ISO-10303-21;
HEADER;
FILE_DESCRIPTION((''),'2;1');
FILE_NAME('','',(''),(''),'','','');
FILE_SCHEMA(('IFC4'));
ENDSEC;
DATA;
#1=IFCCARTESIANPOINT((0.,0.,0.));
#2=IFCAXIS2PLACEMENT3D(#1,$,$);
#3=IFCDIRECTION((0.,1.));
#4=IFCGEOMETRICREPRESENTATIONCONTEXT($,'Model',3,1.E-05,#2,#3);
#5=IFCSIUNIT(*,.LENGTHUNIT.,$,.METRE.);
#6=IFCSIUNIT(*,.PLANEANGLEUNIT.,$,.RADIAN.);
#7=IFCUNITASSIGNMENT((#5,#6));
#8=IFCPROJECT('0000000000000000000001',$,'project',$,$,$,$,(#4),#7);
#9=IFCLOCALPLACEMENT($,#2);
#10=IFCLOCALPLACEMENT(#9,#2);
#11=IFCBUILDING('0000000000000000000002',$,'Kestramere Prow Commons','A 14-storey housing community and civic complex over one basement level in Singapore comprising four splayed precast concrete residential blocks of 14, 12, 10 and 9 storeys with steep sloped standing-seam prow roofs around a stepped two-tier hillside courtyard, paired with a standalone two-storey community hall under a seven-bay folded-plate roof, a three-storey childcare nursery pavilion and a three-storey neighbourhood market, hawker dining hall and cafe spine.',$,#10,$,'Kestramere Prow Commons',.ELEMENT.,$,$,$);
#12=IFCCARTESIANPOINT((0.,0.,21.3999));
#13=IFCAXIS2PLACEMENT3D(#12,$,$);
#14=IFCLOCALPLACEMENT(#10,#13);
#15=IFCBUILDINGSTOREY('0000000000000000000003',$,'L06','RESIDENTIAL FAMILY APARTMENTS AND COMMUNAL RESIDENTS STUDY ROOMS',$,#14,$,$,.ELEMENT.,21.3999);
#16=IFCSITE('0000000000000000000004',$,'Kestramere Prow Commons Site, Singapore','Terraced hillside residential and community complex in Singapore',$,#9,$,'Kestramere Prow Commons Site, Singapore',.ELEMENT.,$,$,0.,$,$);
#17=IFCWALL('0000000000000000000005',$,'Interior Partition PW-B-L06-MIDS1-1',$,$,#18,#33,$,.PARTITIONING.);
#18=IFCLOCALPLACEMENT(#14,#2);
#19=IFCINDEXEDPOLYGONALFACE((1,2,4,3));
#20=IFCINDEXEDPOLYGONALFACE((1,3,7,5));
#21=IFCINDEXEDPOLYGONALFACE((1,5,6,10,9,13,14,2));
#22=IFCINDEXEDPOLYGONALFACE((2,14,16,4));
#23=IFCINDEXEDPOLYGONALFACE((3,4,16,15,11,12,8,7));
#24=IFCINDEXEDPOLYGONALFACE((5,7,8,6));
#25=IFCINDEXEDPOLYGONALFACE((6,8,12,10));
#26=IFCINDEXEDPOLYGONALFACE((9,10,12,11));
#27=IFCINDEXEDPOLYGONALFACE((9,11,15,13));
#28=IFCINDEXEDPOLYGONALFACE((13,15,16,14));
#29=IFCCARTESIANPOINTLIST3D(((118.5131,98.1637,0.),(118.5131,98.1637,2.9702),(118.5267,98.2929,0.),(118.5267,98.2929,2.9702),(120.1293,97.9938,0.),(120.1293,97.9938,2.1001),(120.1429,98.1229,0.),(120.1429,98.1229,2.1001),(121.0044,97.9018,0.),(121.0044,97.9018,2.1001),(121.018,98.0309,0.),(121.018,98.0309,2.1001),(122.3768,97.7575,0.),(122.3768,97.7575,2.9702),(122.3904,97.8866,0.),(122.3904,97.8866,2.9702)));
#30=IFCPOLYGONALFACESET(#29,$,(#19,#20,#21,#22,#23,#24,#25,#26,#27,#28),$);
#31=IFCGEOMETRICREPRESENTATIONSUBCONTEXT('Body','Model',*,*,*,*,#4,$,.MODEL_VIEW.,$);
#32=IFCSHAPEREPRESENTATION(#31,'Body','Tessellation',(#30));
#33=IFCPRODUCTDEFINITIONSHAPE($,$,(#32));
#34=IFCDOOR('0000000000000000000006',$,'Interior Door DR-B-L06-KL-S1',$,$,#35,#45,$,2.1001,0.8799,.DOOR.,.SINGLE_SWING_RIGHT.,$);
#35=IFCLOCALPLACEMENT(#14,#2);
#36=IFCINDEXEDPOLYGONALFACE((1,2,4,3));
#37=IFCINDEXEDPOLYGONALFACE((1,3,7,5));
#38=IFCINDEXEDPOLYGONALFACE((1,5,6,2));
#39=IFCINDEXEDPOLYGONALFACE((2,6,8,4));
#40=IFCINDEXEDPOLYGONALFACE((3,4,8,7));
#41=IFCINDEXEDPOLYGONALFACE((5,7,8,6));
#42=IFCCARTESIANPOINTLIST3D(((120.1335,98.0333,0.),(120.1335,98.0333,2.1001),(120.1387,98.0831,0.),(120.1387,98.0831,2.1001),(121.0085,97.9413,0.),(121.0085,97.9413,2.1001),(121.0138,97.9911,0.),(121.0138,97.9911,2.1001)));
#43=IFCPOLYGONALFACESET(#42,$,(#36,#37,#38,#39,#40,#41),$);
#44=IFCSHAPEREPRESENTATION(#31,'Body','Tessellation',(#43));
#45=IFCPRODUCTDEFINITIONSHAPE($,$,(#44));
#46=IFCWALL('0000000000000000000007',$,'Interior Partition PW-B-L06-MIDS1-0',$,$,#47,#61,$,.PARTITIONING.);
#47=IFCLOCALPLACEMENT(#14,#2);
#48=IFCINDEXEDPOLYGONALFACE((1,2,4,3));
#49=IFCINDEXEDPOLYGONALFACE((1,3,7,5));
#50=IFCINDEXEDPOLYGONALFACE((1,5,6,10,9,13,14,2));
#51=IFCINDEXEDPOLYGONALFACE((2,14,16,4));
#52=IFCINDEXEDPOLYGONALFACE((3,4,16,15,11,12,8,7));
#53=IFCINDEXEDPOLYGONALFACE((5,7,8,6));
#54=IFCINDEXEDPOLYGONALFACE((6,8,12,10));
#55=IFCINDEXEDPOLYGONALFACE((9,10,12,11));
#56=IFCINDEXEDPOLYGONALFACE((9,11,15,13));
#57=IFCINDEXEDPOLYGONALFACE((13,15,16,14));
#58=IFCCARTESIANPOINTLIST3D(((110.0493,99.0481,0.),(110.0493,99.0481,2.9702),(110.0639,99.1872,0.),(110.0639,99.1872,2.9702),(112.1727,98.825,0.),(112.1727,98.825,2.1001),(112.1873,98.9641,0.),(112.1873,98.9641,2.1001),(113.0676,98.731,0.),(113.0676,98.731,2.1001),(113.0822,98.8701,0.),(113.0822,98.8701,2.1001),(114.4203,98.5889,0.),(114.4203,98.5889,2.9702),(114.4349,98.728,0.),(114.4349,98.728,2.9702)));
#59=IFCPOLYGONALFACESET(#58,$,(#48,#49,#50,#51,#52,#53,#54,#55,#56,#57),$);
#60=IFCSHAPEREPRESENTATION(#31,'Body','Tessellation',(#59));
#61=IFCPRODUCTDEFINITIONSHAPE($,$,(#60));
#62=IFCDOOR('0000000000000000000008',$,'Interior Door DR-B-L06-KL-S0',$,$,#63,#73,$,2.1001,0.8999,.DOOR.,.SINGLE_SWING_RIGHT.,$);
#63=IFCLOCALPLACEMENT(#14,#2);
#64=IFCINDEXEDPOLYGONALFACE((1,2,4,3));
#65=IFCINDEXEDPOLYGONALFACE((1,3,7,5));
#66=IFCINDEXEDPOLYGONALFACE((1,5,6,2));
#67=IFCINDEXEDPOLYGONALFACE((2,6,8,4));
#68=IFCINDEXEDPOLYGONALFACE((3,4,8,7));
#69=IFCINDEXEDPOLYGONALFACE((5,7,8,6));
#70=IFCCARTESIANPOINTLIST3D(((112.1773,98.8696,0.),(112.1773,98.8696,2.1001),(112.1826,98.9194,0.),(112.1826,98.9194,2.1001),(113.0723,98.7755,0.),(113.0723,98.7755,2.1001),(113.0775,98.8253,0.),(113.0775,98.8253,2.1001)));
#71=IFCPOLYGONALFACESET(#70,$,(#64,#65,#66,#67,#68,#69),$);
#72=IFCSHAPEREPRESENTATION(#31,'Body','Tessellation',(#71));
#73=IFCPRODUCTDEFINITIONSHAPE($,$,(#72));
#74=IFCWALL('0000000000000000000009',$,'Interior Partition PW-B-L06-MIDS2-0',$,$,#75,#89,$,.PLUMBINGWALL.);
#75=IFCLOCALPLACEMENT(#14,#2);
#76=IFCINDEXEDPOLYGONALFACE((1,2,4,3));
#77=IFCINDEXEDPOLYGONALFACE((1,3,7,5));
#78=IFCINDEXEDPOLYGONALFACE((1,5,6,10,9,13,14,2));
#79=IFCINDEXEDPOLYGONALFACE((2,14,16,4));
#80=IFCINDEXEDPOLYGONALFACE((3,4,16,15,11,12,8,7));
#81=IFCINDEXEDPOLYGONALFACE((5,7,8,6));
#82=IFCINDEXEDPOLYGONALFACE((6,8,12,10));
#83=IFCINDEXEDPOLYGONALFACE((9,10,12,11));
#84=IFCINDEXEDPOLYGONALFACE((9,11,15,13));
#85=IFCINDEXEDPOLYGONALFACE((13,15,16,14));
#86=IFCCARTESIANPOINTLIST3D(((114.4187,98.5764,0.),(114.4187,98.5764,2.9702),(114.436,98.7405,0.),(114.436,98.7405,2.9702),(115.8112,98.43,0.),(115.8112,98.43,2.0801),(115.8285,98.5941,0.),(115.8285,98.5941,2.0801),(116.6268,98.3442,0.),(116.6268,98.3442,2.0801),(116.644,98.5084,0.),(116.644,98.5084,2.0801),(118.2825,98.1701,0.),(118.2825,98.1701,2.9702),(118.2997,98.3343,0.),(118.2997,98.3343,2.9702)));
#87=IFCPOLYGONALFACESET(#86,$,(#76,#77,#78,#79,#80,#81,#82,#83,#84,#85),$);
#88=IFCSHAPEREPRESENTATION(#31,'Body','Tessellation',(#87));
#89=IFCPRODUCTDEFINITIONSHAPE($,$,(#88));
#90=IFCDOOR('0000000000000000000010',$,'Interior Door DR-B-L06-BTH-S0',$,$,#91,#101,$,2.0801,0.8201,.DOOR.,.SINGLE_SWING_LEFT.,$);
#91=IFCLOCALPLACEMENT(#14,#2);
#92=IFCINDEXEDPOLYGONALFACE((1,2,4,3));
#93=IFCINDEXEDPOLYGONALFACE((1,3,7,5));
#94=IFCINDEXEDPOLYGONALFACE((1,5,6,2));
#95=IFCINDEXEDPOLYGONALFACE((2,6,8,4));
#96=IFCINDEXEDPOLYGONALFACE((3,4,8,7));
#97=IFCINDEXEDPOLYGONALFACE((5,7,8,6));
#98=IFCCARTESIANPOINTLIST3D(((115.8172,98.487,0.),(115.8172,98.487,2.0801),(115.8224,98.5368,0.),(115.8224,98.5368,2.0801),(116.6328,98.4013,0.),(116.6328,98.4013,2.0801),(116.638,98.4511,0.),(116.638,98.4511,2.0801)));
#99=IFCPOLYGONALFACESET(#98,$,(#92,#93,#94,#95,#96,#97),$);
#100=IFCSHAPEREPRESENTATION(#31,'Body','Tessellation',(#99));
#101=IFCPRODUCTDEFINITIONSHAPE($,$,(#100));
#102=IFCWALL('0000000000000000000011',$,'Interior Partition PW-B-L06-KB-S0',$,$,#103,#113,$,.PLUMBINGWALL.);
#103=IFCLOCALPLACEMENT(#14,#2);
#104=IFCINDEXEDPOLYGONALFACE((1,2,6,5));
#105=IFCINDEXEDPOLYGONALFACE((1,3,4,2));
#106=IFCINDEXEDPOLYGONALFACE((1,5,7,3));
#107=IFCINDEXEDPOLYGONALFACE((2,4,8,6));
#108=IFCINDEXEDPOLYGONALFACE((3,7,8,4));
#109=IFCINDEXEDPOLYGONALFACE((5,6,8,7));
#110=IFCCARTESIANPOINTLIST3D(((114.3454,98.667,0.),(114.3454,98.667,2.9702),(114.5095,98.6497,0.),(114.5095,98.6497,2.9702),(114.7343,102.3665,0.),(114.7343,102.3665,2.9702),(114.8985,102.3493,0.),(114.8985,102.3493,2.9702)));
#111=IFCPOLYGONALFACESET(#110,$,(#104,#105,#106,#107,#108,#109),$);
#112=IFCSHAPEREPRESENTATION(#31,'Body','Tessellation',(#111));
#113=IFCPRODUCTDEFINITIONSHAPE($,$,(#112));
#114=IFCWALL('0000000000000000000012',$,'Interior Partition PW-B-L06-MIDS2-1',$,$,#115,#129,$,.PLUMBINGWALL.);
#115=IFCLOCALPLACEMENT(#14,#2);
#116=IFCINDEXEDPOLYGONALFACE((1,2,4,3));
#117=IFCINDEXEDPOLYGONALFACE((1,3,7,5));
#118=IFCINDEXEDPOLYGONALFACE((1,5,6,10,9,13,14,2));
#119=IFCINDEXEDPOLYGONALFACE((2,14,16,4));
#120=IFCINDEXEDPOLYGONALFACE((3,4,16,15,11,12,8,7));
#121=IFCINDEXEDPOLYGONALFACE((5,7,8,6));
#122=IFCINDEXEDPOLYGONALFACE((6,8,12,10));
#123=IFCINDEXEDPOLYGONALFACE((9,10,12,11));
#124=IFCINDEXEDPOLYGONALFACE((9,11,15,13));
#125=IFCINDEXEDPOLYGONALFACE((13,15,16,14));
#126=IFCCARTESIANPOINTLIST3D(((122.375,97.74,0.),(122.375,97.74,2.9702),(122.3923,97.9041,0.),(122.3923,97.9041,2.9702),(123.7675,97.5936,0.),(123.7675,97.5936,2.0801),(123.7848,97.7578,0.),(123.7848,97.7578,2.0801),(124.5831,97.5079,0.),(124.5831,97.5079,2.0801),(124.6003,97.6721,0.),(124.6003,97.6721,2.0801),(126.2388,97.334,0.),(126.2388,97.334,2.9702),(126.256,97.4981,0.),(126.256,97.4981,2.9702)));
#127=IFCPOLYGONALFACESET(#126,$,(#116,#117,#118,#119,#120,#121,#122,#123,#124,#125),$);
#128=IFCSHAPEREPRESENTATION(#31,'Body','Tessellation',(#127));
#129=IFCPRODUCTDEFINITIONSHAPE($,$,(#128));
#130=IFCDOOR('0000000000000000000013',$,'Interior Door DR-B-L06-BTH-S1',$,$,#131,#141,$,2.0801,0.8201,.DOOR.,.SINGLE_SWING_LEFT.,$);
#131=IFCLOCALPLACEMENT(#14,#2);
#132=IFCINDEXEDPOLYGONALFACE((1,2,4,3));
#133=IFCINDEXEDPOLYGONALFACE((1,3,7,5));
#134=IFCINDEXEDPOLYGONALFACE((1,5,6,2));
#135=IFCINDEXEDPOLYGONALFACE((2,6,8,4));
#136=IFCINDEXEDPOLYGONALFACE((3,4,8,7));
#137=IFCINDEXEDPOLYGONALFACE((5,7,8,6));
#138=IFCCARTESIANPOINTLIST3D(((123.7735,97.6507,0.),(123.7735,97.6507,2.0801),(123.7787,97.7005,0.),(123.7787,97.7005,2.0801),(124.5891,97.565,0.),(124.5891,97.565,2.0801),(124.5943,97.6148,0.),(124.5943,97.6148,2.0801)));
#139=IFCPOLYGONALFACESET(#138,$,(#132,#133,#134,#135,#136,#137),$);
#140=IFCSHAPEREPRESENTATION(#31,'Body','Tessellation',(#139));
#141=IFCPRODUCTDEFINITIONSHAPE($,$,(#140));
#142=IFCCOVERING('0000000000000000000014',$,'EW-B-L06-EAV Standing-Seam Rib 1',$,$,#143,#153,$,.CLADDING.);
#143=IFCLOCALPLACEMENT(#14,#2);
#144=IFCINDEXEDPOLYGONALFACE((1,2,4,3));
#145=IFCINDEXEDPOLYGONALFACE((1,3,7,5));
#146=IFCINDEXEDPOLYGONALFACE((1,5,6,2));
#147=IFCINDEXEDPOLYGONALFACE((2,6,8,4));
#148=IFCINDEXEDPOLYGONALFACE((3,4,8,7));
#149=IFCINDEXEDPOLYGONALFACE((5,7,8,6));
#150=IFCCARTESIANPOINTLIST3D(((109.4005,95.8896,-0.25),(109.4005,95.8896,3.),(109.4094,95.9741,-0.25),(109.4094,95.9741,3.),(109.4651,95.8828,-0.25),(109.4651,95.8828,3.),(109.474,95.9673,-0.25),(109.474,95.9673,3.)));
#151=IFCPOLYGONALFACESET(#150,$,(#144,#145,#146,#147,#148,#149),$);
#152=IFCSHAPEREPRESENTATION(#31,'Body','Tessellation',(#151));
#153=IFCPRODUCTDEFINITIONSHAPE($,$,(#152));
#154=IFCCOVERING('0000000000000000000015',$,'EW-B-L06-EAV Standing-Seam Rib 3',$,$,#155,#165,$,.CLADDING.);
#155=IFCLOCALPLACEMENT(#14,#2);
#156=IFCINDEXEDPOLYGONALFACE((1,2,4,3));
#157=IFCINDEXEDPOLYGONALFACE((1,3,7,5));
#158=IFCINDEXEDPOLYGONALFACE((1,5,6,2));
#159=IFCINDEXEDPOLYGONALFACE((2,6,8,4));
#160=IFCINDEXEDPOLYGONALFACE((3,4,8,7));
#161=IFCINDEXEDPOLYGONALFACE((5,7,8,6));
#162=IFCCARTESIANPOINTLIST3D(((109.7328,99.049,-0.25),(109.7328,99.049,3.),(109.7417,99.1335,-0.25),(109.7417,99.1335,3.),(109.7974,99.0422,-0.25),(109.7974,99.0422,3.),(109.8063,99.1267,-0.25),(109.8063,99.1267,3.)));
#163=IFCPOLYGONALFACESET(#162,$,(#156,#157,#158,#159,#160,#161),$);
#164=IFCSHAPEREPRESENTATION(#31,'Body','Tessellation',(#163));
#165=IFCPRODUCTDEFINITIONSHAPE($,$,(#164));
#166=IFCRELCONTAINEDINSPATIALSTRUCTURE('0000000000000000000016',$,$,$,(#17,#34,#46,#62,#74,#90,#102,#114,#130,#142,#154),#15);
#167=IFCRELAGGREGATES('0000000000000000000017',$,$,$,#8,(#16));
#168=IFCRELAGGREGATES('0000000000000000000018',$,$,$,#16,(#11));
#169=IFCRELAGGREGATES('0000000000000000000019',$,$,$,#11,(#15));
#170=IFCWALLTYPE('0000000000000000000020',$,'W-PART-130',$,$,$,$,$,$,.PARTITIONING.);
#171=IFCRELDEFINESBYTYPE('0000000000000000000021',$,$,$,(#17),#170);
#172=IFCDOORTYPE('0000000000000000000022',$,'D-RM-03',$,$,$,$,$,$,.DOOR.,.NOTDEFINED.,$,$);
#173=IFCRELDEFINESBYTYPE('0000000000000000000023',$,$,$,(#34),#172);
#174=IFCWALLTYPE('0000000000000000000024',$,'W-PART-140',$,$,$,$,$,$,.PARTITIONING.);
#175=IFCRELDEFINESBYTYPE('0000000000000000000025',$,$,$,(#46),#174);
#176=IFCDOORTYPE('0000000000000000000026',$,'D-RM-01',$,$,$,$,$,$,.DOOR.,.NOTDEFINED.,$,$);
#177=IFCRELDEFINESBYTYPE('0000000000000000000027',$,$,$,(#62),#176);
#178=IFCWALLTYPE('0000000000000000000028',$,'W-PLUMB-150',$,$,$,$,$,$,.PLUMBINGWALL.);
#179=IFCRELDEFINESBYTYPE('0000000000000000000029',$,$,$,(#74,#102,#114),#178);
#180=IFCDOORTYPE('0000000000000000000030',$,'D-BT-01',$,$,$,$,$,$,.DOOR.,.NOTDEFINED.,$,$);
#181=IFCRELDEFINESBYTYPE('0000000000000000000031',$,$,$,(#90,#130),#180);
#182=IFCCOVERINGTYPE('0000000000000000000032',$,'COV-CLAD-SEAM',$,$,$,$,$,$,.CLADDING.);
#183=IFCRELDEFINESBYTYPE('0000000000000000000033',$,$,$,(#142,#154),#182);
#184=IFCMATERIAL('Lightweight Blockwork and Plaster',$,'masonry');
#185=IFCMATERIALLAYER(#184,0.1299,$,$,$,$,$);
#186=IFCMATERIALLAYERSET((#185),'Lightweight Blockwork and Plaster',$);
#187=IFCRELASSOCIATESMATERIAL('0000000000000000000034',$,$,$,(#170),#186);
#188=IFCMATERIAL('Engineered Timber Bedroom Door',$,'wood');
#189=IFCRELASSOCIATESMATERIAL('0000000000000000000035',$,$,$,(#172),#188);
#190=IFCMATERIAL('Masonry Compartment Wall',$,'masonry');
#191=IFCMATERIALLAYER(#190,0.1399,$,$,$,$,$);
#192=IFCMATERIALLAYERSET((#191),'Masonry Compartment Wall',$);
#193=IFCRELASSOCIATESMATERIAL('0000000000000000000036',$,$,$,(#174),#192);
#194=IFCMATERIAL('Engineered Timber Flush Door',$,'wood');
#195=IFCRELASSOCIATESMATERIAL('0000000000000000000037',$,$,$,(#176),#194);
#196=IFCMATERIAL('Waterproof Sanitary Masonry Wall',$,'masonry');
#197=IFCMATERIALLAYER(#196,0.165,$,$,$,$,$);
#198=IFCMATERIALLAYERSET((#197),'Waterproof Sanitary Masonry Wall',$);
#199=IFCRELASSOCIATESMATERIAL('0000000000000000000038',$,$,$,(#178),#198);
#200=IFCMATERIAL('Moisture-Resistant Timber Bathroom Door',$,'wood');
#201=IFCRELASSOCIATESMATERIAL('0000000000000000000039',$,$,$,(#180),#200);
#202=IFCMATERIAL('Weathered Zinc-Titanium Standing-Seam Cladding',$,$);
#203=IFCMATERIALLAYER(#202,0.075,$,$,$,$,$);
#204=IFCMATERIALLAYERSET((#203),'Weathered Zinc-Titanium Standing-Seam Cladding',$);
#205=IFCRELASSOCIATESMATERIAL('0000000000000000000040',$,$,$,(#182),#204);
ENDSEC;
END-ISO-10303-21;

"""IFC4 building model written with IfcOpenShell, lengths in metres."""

from ifc_helpers import new_model, si_unit, direction, frame, frame_2d, origin, origin_2d, place, context, subcontext, project, spatial, rectangle, extrude, material, layer, layer_set, type_object, element, fill, save


model = new_model("IFC4")

# Units and contexts
model_context = context("Model", 3, precision=1e-05, world=origin(), true_north=direction((0.0, 1.0)))
body_context = subcontext(model_context, "Body", "Model", "MODEL_VIEW")
ifc_project = project(units=[si_unit("LENGTHUNIT", "METRE"), si_unit("PLANEANGLEUNIT", "RADIAN")], contexts=[model_context])

# Site, building, storey
site_placement = place(None, origin())
site = spatial("IfcSite", under=ifc_project, at=site_placement, Name="Kestramere Prow Commons Site, Singapore", Description="Terraced hillside residential and community complex in Singapore", LongName="Kestramere Prow Commons Site, Singapore", CompositionType="ELEMENT", RefElevation=0.0)
building_placement = place(site_placement, origin())
building = spatial("IfcBuilding", under=site, at=building_placement, Name="Kestramere Prow Commons", Description="A 14-storey housing community and civic complex over one basement level in Singapore comprising four splayed precast concrete residential blocks of 14, 12, 10 and 9 storeys with steep sloped standing-seam prow roofs around a stepped two-tier hillside courtyard, paired with a standalone two-storey community hall under a seven-bay folded-plate roof, a three-storey childcare nursery pavilion and a three-storey neighbourhood market, hawker dining hall and cafe spine.", LongName="Kestramere Prow Commons", CompositionType="ELEMENT")
storey_placement = place(building_placement, frame((0.0, 0.0, 21.3999)))
storey = spatial("IfcBuildingStorey", under=building, at=storey_placement, Name="L06", Description="RESIDENTIAL FAMILY APARTMENTS AND COMMUNAL RESIDENTS STUDY ROOMS", CompositionType="ELEMENT", Elevation=21.3999)

# Walls, openings, doors
ifc_material_1 = material(Name="Lightweight Blockwork and Plaster", Category="masonry")
ifc_layer_1 = layer(ifc_material_1, 0.1299)
ifc_layer_set_1 = layer_set([ifc_layer_1], Name="Lightweight Blockwork and Plaster")
wall_type_1 = type_object("IfcWallType", Name="W-PART-130", PredefinedType="PARTITIONING", material=ifc_layer_set_1)
wall_1_placement = place(storey_placement, frame((118.52, 98.2283, 0.0), z_axis=(0.0, 0.0, 1.0), x_axis=(0.994518, -0.104567, 0.0)))
wall_1 = element("IfcWall", 1, at=wall_1_placement, inside=storey, type_object=wall_type_1, Name="Interior Partition PW-B-L06-MIDS1-1", PredefinedType="PARTITIONING", context=body_context, shape_type="SweptSolid", body=[
    extrude(rectangle(XDim=3.885, YDim=0.1299, at=frame_2d((1.9424, 0.0))), origin(), (0.0, 0.0, 1.0), 2.9702),
])
opening_1_placement = place(wall_1_placement, frame((1.625, 0.0, 0.0)))
opening_1 = element("IfcOpeningElement", 2, at=opening_1_placement, cuts=wall_1, PredefinedType="OPENING", context=body_context, shape_type="SweptSolid", body=[
    extrude(rectangle(XDim=0.8799, YDim=2.1001, at=frame_2d((0.4399, 1.05))), frame((0.0, 0.0798, 0.0), z_axis=(0.0, -1.0, 0.0), x_axis=(1.0, 0.0, 0.0)), (0.0, 0.0, 1.0), 0.1599),
])
ifc_material_2 = material(Name="Engineered Timber Bedroom Door", Category="wood")
door_type_1 = type_object("IfcDoorType", Name="D-RM-03", OperationType="NOTDEFINED", PredefinedType="DOOR", material=ifc_material_2)
door_1_placement = place(opening_1_placement, origin())
door_1 = element("IfcDoor", 3, at=door_1_placement, inside=storey, type_object=door_type_1, Name="Interior Door DR-B-L06-KL-S1", OperationType="SINGLE_SWING_RIGHT", OverallHeight=2.1001, OverallWidth=0.8799, PredefinedType="DOOR", context=body_context, shape_type="SweptSolid", body=[
    extrude(rectangle(XDim=0.8799, YDim=2.1001, at=frame_2d((0.4399, 1.05))), frame((0.0, 0.0249, 0.0), z_axis=(0.0, -1.0, 0.0), x_axis=(1.0, 0.0, 0.0)), (0.0, 0.0, 1.0), 0.05),
])
fill(opening_1, door_1)
ifc_material_3 = material(Name="Masonry Compartment Wall", Category="masonry")
ifc_layer_2 = layer(ifc_material_3, 0.1399)
ifc_layer_set_2 = layer_set([ifc_layer_2], Name="Masonry Compartment Wall")
wall_type_2 = type_object("IfcWallType", Name="W-PART-140", PredefinedType="PARTITIONING", material=ifc_layer_set_2)
wall_2_placement = place(storey_placement, frame((110.0566, 99.1177, 0.0), z_axis=(0.0, 0.0, 1.0), x_axis=(0.994526, -0.104491, 0.0)))
wall_2 = element("IfcWall", 4, at=wall_2_placement, inside=storey, type_object=wall_type_2, Name="Interior Partition PW-B-L06-MIDS1-0", PredefinedType="PARTITIONING", context=body_context, shape_type="SweptSolid", body=[
    extrude(rectangle(XDim=4.395, YDim=0.1399, at=frame_2d((2.1975, 0.0))), origin(), (0.0, 0.0, 1.0), 2.9702),
])
opening_2_placement = place(wall_2_placement, frame((2.135, 0.0, 0.0)))
opening_2 = element("IfcOpeningElement", 5, at=opening_2_placement, cuts=wall_2, PredefinedType="OPENING", context=body_context, shape_type="SweptSolid", body=[
    extrude(rectangle(XDim=0.8999, YDim=2.1001, at=frame_2d((0.45, 1.05))), frame((0.0, 0.085, 0.0), z_axis=(0.0, -1.0, 0.0), x_axis=(1.0, 0.0, 0.0)), (0.0, 0.0, 1.0), 0.1699),
])
ifc_material_4 = material(Name="Engineered Timber Flush Door", Category="wood")
door_type_2 = type_object("IfcDoorType", Name="D-RM-01", OperationType="NOTDEFINED", PredefinedType="DOOR", material=ifc_material_4)
door_2_placement = place(opening_2_placement, origin())
door_2 = element("IfcDoor", 6, at=door_2_placement, inside=storey, type_object=door_type_2, Name="Interior Door DR-B-L06-KL-S0", OperationType="SINGLE_SWING_RIGHT", OverallHeight=2.1001, OverallWidth=0.8999, PredefinedType="DOOR", context=body_context, shape_type="SweptSolid", body=[
    extrude(rectangle(XDim=0.8999, YDim=2.1001, at=frame_2d((0.45, 1.05))), frame((0.0, 0.0249, 0.0), z_axis=(0.0, -1.0, 0.0), x_axis=(1.0, 0.0, 0.0)), (0.0, 0.0, 1.0), 0.05),
])
fill(opening_2, door_2)
ifc_material_5 = material(Name="Waterproof Sanitary Masonry Wall", Category="masonry")
ifc_layer_3 = layer(ifc_material_5, 0.165)
ifc_layer_set_3 = layer_set([ifc_layer_3], Name="Waterproof Sanitary Masonry Wall")
wall_type_3 = type_object("IfcWallType", Name="W-PLUMB-150", PredefinedType="PLUMBINGWALL", material=ifc_layer_set_3)
wall_3_placement = place(storey_placement, frame((114.4275, 98.6584, 0.0), z_axis=(0.0, 0.0, 1.0), x_axis=(0.994518, -0.104567, 0.0)))
wall_3 = element("IfcWall", 7, at=wall_3_placement, inside=storey, type_object=wall_type_3, Name="Interior Partition PW-B-L06-MIDS2-0", PredefinedType="PLUMBINGWALL", context=body_context, shape_type="SweptSolid", body=[
    extrude(rectangle(XDim=3.885, YDim=0.165, at=frame_2d((1.9424, 0.0))), origin(), (0.0, 0.0, 1.0), 2.9702),
])
opening_3_placement = place(wall_3_placement, frame((1.3999, 0.0, 0.0)))
opening_3 = element("IfcOpeningElement", 8, at=opening_3_placement, cuts=wall_3, PredefinedType="OPENING", context=body_context, shape_type="SweptSolid", body=[
    extrude(rectangle(XDim=0.8201, YDim=2.0801, at=frame_2d((0.4102, 1.04))), frame((0.0, 0.0974, 0.0), z_axis=(0.0, -1.0, 0.0), x_axis=(1.0, 0.0, 0.0)), (0.0, 0.0, 1.0), 0.1951),
])
ifc_material_6 = material(Name="Moisture-Resistant Timber Bathroom Door", Category="wood")
door_type_3 = type_object("IfcDoorType", Name="D-BT-01", OperationType="NOTDEFINED", PredefinedType="DOOR", material=ifc_material_6)
door_3_placement = place(opening_3_placement, origin())
door_3 = element("IfcDoor", 9, at=door_3_placement, inside=storey, type_object=door_type_3, Name="Interior Door DR-B-L06-BTH-S0", OperationType="SINGLE_SWING_LEFT", OverallHeight=2.0801, OverallWidth=0.8201, PredefinedType="DOOR", context=body_context, shape_type="SweptSolid", body=[
    extrude(rectangle(XDim=0.8201, YDim=2.0801, at=frame_2d((0.4102, 1.04))), frame((0.0, 0.0249, 0.0), z_axis=(0.0, -1.0, 0.0), x_axis=(1.0, 0.0, 0.0)), (0.0, 0.0, 1.0), 0.05),
])
fill(opening_3, door_3)

# Wall
wall_4_placement = place(storey_placement, frame((114.4275, 98.6584, 0.0), z_axis=(0.0, 0.0, 1.0), x_axis=(0.104552, 0.994519, 0.0)))
element("IfcWall", 10, at=wall_4_placement, inside=storey, type_object=wall_type_3, Name="Interior Partition PW-B-L06-KB-S0", PredefinedType="PLUMBINGWALL", context=body_context, shape_type="SweptSolid", body=[
    extrude(rectangle(XDim=3.72, YDim=0.165, at=frame_2d((1.8599, 0.0))), origin(), (0.0, 0.0, 1.0), 2.9702),
])

# Wall, opening, door
wall_5_placement = place(storey_placement, frame((122.3838, 97.822, 0.0), z_axis=(0.0, 0.0, 1.0), x_axis=(0.994524, -0.104505, 0.0)))
wall_5 = element("IfcWall", 11, at=wall_5_placement, inside=storey, type_object=wall_type_3, Name="Interior Partition PW-B-L06-MIDS2-1", PredefinedType="PLUMBINGWALL", context=body_context, shape_type="SweptSolid", body=[
    extrude(rectangle(XDim=3.885, YDim=0.165, at=frame_2d((1.9424, 0.0))), origin(), (0.0, 0.0, 1.0), 2.9702),
])
opening_4_placement = place(wall_5_placement, frame((1.3999, 0.0, 0.0)))
opening_4 = element("IfcOpeningElement", 12, at=opening_4_placement, cuts=wall_5, PredefinedType="OPENING", context=body_context, shape_type="SweptSolid", body=[
    extrude(rectangle(XDim=0.8201, YDim=2.0801, at=frame_2d((0.4102, 1.04))), frame((0.0, 0.0974, 0.0), z_axis=(0.0, -1.0, 0.0), x_axis=(1.0, 0.0, 0.0)), (0.0, 0.0, 1.0), 0.1951),
])
door_4_placement = place(opening_4_placement, origin())
door_4 = element("IfcDoor", 13, at=door_4_placement, inside=storey, type_object=door_type_3, Name="Interior Door DR-B-L06-BTH-S1", OperationType="SINGLE_SWING_LEFT", OverallHeight=2.0801, OverallWidth=0.8201, PredefinedType="DOOR", context=body_context, shape_type="SweptSolid", body=[
    extrude(rectangle(XDim=0.8201, YDim=2.0801, at=frame_2d((0.4102, 1.04))), frame((0.0, 0.0249, 0.0), z_axis=(0.0, -1.0, 0.0), x_axis=(1.0, 0.0, 0.0)), (0.0, 0.0, 1.0), 0.05),
])
fill(opening_4, door_4)

# Coverings
ifc_material_7 = material(Name="Weathered Zinc-Titanium Standing-Seam Cladding")
ifc_layer_4 = layer(ifc_material_7, 0.075)
ifc_layer_set_4 = layer_set([ifc_layer_4], Name="Weathered Zinc-Titanium Standing-Seam Cladding")
covering_type = type_object("IfcCoveringType", Name="COV-CLAD-SEAM", PredefinedType="CLADDING", material=ifc_layer_set_4)
for number, where, z_axis, x_axis, name in (
    (14, (109.4373, 95.9285, -0.25), (0.0, 0.0, 1.0), (0.104528, 0.994522, 0.0), "EW-B-L06-EAV Standing-Seam Rib 1"),
    (15, (109.7695, 99.0879, -0.25), (0.0, 0.0, 1.0), (0.104528, 0.994522, 0.0), "EW-B-L06-EAV Standing-Seam Rib 3"),
):
    element("IfcCovering", number, at=place(storey_placement, frame(where, z_axis=z_axis, x_axis=x_axis)), inside=storey, type_object=covering_type, Name=name, PredefinedType="CLADDING", context=body_context, shape_type="SweptSolid", body=[
        extrude(rectangle(XDim=0.085, YDim=0.0649, at=origin_2d()), origin(), (0.0, 0.0, 1.0), 3.25),
    ])

save(model, "model.ifc")
